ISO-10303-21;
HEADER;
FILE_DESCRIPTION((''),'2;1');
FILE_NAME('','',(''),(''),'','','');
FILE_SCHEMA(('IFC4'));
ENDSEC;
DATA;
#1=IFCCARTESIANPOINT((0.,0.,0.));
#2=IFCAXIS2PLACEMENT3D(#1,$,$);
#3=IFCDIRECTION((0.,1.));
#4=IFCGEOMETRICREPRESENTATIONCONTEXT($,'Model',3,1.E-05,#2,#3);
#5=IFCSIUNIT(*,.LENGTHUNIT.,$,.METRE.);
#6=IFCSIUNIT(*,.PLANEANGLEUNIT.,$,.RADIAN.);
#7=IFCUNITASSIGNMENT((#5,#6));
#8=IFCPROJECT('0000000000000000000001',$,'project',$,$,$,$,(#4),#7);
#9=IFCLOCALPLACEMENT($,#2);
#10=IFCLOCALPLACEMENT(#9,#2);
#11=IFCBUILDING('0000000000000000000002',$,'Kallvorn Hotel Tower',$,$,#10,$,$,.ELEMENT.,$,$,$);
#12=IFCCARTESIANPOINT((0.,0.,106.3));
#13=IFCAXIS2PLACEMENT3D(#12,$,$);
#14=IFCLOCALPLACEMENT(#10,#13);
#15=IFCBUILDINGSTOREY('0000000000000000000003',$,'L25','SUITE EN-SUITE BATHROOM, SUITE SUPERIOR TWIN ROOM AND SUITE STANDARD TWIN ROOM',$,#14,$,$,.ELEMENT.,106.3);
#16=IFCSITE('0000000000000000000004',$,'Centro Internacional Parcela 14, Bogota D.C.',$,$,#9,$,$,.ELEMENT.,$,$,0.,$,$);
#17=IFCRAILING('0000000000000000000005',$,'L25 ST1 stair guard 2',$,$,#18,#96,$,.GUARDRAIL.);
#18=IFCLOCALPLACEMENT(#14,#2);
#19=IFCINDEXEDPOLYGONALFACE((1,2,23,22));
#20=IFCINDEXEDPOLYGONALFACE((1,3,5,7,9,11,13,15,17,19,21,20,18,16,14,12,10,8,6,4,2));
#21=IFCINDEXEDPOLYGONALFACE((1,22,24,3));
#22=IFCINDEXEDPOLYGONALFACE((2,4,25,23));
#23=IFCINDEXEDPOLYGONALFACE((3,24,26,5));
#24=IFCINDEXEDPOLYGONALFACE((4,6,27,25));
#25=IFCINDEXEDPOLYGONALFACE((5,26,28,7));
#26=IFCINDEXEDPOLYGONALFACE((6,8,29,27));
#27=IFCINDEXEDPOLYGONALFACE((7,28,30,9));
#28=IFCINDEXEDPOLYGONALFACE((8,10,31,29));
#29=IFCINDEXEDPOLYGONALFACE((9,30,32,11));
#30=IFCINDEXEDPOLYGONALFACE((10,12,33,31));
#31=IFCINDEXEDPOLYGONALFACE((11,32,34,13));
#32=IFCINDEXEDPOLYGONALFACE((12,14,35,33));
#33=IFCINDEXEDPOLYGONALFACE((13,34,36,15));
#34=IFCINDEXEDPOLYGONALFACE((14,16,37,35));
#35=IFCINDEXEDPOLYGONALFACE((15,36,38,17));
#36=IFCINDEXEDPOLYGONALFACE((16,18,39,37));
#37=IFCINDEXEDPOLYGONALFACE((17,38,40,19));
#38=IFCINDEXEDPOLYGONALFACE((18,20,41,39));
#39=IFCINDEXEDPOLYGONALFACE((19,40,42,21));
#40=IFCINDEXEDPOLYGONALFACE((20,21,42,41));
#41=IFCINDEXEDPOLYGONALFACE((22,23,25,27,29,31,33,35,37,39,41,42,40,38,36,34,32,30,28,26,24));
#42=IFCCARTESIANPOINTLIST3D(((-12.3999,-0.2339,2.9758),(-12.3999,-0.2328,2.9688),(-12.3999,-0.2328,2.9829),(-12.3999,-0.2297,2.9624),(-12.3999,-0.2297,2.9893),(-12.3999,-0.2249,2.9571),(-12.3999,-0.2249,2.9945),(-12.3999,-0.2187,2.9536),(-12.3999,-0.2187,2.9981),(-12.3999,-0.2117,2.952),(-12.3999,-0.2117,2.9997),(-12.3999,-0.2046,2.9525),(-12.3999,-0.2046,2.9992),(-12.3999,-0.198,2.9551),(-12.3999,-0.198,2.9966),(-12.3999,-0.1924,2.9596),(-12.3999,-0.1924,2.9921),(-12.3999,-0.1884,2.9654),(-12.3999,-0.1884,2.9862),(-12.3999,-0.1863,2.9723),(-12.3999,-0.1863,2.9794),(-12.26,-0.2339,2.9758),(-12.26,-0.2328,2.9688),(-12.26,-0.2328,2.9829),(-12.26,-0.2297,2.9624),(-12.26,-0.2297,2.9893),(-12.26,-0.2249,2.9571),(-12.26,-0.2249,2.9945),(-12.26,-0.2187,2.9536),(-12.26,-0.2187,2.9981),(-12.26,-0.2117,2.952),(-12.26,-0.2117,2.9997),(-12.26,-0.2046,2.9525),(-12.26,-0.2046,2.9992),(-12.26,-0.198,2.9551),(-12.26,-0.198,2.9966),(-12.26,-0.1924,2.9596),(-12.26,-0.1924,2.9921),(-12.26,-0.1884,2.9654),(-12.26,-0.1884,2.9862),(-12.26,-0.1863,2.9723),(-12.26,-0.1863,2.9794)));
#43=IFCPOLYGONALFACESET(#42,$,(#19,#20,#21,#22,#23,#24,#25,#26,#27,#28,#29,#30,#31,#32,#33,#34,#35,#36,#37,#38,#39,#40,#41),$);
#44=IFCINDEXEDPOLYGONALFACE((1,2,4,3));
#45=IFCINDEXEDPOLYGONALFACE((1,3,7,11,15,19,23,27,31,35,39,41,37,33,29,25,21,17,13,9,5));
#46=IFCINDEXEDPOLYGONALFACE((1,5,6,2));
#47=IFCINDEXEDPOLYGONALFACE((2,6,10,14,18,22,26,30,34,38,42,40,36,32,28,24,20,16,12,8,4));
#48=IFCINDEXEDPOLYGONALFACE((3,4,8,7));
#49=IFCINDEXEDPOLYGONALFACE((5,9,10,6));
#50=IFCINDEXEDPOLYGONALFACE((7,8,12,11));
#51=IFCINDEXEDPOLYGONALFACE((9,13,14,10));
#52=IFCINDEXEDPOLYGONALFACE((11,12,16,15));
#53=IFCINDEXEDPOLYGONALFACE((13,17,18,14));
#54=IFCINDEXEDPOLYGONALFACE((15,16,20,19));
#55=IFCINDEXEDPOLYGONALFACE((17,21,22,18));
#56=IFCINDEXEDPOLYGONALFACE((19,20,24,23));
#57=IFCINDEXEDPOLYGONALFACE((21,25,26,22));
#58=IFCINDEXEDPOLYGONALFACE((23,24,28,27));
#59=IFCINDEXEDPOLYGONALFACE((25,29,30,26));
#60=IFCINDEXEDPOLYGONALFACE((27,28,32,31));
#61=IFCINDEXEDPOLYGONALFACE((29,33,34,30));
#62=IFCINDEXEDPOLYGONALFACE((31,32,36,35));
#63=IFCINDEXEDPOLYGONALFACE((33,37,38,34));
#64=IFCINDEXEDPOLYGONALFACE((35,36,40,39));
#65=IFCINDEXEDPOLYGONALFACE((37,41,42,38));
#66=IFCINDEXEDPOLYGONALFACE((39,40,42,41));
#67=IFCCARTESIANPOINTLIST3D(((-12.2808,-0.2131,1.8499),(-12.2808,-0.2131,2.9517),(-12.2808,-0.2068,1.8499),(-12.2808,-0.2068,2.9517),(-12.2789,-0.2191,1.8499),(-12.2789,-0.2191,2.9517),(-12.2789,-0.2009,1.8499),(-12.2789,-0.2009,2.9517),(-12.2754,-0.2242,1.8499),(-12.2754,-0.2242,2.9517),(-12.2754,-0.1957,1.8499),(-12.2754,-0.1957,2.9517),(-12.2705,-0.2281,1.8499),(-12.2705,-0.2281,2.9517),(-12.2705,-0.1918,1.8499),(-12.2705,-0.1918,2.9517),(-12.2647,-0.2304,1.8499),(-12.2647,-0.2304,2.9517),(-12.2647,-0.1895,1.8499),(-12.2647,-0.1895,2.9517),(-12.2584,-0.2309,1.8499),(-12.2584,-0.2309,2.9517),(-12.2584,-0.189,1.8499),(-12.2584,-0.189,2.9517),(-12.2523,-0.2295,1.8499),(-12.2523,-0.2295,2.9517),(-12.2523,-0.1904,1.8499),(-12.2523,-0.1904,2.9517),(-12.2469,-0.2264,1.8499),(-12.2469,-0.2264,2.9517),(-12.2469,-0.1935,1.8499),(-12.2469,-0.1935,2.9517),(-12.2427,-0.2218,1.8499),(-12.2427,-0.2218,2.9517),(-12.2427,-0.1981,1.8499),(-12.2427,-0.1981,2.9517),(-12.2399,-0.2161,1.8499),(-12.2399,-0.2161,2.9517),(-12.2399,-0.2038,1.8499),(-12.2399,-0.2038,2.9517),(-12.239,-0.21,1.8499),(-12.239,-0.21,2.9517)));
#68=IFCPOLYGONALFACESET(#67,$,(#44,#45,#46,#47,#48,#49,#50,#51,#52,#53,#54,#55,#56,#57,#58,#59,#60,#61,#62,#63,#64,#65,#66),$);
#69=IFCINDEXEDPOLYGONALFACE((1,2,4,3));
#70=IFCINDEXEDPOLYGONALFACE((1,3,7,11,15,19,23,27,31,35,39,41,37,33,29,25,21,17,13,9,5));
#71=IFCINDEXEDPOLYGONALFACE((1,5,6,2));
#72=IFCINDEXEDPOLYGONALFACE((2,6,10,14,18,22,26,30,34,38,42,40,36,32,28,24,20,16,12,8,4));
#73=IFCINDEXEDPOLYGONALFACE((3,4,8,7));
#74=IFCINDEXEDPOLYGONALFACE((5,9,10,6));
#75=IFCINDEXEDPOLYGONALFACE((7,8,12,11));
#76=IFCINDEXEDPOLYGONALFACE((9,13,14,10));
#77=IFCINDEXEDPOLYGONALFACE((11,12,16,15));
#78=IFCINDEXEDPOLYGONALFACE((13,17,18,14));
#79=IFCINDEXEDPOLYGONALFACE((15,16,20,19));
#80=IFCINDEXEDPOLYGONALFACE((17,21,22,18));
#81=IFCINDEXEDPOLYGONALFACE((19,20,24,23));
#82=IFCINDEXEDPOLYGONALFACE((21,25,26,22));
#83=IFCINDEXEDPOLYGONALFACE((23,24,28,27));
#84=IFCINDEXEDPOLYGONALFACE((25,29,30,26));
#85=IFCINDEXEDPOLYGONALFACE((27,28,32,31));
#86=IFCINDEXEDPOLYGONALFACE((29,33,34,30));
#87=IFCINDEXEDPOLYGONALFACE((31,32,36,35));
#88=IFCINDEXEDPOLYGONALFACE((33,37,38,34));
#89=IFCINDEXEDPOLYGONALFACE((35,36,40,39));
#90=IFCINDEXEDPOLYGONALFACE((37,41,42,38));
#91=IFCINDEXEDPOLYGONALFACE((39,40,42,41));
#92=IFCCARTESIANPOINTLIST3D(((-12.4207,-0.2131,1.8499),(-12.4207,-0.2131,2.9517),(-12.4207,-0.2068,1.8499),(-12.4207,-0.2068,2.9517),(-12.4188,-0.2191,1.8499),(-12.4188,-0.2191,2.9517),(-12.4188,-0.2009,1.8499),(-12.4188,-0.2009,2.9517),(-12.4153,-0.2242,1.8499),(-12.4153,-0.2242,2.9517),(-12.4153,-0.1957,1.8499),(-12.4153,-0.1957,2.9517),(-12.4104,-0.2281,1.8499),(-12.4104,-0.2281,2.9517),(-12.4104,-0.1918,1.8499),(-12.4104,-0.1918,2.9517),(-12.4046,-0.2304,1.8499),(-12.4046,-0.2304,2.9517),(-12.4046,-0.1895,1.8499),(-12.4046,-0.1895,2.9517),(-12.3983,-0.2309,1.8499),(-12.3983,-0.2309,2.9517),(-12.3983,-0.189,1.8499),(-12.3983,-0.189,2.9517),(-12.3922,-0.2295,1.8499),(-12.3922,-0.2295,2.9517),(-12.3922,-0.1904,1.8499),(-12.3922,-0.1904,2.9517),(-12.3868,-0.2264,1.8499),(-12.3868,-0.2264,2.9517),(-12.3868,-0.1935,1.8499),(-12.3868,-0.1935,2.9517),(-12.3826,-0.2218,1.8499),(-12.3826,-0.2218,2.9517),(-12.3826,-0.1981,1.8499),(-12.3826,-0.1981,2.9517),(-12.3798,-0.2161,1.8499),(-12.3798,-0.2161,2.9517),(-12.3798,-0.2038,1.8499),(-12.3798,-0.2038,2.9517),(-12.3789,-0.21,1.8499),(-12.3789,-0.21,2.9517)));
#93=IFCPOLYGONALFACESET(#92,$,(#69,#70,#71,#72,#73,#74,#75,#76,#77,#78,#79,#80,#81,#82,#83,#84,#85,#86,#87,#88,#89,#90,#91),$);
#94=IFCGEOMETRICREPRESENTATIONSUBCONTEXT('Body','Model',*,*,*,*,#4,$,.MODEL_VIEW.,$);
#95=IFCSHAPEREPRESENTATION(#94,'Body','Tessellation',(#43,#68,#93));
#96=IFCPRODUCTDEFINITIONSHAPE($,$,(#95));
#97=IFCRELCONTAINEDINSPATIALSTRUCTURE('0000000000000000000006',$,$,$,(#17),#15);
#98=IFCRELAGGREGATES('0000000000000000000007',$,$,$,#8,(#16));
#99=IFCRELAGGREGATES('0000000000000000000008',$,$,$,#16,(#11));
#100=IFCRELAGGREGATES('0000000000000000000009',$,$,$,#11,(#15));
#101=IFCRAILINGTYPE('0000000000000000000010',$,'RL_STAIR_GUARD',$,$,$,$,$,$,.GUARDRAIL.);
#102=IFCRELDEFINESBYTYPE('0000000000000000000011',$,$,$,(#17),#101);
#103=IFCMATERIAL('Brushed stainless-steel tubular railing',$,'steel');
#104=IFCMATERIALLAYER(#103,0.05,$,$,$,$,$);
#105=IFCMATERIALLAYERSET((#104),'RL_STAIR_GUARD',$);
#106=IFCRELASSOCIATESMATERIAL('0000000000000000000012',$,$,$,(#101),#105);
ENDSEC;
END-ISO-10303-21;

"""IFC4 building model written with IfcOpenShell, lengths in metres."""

from ifc_helpers import new_model, si_unit, direction, frame, origin, origin_2d, place, context, subcontext, project, spatial, circle, extrude, material, layer, layer_set, type_object, element, save


model = new_model("IFC4")

# Units and contexts
model_context = context("Model", 3, precision=1e-05, world=origin(), true_north=direction((0.0, 1.0)))
body_context = subcontext(model_context, "Body", "Model", "MODEL_VIEW")
ifc_project = project(units=[si_unit("LENGTHUNIT", "METRE"), si_unit("PLANEANGLEUNIT", "RADIAN")], contexts=[model_context])

# Site, building, storey
site_placement = place(None, origin())
site = spatial("IfcSite", under=ifc_project, at=site_placement, Name="Centro Internacional Parcela 14, Bogota D.C.", CompositionType="ELEMENT", RefElevation=0.0)
building_placement = place(site_placement, origin())
building = spatial("IfcBuilding", under=site, at=building_placement, Name="Kallvorn Hotel Tower", CompositionType="ELEMENT")
storey_placement = place(building_placement, frame((0.0, 0.0, 106.3)))
storey = spatial("IfcBuildingStorey", under=building, at=storey_placement, Name="L25", Description="SUITE EN-SUITE BATHROOM, SUITE SUPERIOR TWIN ROOM AND SUITE STANDARD TWIN ROOM", CompositionType="ELEMENT", Elevation=106.3)

# Railing
ifc_material_1 = material(Name="Brushed stainless-steel tubular railing", Category="steel")
ifc_layer_1 = layer(ifc_material_1, 0.05)
ifc_layer_set_1 = layer_set([ifc_layer_1], Name="RL_STAIR_GUARD")
railing_type_1 = type_object("IfcRailingType", Name="RL_STAIR_GUARD", PredefinedType="GUARDRAIL", material=ifc_layer_set_1)
railing_1_placement = place(storey_placement, frame((-12.26, -0.21, 1.8499)))
element("IfcRailing", 1, at=railing_1_placement, inside=storey, type_object=railing_type_1, Name="L25 ST1 stair guard 2", PredefinedType="GUARDRAIL", context=body_context, shape_type="SweptSolid", body=[
    extrude(circle(Radius=0.0239, at=origin_2d()), frame((0.0, 0.0, 1.126), z_axis=(-1.0, 0.0, 0.0), x_axis=(0.0, -1.0, 0.0)), (0.0, 0.0, 1.0), 0.1399),
    extrude(circle(Radius=0.021, at=origin_2d()), origin(), (0.0, 0.0, 1.0), 1.1018),
    extrude(circle(Radius=0.021, at=origin_2d()), frame((-0.1399, 0.0, 0.0)), (0.0, 0.0, 1.0), 1.1018),
])

save(model, "model.ifc")
